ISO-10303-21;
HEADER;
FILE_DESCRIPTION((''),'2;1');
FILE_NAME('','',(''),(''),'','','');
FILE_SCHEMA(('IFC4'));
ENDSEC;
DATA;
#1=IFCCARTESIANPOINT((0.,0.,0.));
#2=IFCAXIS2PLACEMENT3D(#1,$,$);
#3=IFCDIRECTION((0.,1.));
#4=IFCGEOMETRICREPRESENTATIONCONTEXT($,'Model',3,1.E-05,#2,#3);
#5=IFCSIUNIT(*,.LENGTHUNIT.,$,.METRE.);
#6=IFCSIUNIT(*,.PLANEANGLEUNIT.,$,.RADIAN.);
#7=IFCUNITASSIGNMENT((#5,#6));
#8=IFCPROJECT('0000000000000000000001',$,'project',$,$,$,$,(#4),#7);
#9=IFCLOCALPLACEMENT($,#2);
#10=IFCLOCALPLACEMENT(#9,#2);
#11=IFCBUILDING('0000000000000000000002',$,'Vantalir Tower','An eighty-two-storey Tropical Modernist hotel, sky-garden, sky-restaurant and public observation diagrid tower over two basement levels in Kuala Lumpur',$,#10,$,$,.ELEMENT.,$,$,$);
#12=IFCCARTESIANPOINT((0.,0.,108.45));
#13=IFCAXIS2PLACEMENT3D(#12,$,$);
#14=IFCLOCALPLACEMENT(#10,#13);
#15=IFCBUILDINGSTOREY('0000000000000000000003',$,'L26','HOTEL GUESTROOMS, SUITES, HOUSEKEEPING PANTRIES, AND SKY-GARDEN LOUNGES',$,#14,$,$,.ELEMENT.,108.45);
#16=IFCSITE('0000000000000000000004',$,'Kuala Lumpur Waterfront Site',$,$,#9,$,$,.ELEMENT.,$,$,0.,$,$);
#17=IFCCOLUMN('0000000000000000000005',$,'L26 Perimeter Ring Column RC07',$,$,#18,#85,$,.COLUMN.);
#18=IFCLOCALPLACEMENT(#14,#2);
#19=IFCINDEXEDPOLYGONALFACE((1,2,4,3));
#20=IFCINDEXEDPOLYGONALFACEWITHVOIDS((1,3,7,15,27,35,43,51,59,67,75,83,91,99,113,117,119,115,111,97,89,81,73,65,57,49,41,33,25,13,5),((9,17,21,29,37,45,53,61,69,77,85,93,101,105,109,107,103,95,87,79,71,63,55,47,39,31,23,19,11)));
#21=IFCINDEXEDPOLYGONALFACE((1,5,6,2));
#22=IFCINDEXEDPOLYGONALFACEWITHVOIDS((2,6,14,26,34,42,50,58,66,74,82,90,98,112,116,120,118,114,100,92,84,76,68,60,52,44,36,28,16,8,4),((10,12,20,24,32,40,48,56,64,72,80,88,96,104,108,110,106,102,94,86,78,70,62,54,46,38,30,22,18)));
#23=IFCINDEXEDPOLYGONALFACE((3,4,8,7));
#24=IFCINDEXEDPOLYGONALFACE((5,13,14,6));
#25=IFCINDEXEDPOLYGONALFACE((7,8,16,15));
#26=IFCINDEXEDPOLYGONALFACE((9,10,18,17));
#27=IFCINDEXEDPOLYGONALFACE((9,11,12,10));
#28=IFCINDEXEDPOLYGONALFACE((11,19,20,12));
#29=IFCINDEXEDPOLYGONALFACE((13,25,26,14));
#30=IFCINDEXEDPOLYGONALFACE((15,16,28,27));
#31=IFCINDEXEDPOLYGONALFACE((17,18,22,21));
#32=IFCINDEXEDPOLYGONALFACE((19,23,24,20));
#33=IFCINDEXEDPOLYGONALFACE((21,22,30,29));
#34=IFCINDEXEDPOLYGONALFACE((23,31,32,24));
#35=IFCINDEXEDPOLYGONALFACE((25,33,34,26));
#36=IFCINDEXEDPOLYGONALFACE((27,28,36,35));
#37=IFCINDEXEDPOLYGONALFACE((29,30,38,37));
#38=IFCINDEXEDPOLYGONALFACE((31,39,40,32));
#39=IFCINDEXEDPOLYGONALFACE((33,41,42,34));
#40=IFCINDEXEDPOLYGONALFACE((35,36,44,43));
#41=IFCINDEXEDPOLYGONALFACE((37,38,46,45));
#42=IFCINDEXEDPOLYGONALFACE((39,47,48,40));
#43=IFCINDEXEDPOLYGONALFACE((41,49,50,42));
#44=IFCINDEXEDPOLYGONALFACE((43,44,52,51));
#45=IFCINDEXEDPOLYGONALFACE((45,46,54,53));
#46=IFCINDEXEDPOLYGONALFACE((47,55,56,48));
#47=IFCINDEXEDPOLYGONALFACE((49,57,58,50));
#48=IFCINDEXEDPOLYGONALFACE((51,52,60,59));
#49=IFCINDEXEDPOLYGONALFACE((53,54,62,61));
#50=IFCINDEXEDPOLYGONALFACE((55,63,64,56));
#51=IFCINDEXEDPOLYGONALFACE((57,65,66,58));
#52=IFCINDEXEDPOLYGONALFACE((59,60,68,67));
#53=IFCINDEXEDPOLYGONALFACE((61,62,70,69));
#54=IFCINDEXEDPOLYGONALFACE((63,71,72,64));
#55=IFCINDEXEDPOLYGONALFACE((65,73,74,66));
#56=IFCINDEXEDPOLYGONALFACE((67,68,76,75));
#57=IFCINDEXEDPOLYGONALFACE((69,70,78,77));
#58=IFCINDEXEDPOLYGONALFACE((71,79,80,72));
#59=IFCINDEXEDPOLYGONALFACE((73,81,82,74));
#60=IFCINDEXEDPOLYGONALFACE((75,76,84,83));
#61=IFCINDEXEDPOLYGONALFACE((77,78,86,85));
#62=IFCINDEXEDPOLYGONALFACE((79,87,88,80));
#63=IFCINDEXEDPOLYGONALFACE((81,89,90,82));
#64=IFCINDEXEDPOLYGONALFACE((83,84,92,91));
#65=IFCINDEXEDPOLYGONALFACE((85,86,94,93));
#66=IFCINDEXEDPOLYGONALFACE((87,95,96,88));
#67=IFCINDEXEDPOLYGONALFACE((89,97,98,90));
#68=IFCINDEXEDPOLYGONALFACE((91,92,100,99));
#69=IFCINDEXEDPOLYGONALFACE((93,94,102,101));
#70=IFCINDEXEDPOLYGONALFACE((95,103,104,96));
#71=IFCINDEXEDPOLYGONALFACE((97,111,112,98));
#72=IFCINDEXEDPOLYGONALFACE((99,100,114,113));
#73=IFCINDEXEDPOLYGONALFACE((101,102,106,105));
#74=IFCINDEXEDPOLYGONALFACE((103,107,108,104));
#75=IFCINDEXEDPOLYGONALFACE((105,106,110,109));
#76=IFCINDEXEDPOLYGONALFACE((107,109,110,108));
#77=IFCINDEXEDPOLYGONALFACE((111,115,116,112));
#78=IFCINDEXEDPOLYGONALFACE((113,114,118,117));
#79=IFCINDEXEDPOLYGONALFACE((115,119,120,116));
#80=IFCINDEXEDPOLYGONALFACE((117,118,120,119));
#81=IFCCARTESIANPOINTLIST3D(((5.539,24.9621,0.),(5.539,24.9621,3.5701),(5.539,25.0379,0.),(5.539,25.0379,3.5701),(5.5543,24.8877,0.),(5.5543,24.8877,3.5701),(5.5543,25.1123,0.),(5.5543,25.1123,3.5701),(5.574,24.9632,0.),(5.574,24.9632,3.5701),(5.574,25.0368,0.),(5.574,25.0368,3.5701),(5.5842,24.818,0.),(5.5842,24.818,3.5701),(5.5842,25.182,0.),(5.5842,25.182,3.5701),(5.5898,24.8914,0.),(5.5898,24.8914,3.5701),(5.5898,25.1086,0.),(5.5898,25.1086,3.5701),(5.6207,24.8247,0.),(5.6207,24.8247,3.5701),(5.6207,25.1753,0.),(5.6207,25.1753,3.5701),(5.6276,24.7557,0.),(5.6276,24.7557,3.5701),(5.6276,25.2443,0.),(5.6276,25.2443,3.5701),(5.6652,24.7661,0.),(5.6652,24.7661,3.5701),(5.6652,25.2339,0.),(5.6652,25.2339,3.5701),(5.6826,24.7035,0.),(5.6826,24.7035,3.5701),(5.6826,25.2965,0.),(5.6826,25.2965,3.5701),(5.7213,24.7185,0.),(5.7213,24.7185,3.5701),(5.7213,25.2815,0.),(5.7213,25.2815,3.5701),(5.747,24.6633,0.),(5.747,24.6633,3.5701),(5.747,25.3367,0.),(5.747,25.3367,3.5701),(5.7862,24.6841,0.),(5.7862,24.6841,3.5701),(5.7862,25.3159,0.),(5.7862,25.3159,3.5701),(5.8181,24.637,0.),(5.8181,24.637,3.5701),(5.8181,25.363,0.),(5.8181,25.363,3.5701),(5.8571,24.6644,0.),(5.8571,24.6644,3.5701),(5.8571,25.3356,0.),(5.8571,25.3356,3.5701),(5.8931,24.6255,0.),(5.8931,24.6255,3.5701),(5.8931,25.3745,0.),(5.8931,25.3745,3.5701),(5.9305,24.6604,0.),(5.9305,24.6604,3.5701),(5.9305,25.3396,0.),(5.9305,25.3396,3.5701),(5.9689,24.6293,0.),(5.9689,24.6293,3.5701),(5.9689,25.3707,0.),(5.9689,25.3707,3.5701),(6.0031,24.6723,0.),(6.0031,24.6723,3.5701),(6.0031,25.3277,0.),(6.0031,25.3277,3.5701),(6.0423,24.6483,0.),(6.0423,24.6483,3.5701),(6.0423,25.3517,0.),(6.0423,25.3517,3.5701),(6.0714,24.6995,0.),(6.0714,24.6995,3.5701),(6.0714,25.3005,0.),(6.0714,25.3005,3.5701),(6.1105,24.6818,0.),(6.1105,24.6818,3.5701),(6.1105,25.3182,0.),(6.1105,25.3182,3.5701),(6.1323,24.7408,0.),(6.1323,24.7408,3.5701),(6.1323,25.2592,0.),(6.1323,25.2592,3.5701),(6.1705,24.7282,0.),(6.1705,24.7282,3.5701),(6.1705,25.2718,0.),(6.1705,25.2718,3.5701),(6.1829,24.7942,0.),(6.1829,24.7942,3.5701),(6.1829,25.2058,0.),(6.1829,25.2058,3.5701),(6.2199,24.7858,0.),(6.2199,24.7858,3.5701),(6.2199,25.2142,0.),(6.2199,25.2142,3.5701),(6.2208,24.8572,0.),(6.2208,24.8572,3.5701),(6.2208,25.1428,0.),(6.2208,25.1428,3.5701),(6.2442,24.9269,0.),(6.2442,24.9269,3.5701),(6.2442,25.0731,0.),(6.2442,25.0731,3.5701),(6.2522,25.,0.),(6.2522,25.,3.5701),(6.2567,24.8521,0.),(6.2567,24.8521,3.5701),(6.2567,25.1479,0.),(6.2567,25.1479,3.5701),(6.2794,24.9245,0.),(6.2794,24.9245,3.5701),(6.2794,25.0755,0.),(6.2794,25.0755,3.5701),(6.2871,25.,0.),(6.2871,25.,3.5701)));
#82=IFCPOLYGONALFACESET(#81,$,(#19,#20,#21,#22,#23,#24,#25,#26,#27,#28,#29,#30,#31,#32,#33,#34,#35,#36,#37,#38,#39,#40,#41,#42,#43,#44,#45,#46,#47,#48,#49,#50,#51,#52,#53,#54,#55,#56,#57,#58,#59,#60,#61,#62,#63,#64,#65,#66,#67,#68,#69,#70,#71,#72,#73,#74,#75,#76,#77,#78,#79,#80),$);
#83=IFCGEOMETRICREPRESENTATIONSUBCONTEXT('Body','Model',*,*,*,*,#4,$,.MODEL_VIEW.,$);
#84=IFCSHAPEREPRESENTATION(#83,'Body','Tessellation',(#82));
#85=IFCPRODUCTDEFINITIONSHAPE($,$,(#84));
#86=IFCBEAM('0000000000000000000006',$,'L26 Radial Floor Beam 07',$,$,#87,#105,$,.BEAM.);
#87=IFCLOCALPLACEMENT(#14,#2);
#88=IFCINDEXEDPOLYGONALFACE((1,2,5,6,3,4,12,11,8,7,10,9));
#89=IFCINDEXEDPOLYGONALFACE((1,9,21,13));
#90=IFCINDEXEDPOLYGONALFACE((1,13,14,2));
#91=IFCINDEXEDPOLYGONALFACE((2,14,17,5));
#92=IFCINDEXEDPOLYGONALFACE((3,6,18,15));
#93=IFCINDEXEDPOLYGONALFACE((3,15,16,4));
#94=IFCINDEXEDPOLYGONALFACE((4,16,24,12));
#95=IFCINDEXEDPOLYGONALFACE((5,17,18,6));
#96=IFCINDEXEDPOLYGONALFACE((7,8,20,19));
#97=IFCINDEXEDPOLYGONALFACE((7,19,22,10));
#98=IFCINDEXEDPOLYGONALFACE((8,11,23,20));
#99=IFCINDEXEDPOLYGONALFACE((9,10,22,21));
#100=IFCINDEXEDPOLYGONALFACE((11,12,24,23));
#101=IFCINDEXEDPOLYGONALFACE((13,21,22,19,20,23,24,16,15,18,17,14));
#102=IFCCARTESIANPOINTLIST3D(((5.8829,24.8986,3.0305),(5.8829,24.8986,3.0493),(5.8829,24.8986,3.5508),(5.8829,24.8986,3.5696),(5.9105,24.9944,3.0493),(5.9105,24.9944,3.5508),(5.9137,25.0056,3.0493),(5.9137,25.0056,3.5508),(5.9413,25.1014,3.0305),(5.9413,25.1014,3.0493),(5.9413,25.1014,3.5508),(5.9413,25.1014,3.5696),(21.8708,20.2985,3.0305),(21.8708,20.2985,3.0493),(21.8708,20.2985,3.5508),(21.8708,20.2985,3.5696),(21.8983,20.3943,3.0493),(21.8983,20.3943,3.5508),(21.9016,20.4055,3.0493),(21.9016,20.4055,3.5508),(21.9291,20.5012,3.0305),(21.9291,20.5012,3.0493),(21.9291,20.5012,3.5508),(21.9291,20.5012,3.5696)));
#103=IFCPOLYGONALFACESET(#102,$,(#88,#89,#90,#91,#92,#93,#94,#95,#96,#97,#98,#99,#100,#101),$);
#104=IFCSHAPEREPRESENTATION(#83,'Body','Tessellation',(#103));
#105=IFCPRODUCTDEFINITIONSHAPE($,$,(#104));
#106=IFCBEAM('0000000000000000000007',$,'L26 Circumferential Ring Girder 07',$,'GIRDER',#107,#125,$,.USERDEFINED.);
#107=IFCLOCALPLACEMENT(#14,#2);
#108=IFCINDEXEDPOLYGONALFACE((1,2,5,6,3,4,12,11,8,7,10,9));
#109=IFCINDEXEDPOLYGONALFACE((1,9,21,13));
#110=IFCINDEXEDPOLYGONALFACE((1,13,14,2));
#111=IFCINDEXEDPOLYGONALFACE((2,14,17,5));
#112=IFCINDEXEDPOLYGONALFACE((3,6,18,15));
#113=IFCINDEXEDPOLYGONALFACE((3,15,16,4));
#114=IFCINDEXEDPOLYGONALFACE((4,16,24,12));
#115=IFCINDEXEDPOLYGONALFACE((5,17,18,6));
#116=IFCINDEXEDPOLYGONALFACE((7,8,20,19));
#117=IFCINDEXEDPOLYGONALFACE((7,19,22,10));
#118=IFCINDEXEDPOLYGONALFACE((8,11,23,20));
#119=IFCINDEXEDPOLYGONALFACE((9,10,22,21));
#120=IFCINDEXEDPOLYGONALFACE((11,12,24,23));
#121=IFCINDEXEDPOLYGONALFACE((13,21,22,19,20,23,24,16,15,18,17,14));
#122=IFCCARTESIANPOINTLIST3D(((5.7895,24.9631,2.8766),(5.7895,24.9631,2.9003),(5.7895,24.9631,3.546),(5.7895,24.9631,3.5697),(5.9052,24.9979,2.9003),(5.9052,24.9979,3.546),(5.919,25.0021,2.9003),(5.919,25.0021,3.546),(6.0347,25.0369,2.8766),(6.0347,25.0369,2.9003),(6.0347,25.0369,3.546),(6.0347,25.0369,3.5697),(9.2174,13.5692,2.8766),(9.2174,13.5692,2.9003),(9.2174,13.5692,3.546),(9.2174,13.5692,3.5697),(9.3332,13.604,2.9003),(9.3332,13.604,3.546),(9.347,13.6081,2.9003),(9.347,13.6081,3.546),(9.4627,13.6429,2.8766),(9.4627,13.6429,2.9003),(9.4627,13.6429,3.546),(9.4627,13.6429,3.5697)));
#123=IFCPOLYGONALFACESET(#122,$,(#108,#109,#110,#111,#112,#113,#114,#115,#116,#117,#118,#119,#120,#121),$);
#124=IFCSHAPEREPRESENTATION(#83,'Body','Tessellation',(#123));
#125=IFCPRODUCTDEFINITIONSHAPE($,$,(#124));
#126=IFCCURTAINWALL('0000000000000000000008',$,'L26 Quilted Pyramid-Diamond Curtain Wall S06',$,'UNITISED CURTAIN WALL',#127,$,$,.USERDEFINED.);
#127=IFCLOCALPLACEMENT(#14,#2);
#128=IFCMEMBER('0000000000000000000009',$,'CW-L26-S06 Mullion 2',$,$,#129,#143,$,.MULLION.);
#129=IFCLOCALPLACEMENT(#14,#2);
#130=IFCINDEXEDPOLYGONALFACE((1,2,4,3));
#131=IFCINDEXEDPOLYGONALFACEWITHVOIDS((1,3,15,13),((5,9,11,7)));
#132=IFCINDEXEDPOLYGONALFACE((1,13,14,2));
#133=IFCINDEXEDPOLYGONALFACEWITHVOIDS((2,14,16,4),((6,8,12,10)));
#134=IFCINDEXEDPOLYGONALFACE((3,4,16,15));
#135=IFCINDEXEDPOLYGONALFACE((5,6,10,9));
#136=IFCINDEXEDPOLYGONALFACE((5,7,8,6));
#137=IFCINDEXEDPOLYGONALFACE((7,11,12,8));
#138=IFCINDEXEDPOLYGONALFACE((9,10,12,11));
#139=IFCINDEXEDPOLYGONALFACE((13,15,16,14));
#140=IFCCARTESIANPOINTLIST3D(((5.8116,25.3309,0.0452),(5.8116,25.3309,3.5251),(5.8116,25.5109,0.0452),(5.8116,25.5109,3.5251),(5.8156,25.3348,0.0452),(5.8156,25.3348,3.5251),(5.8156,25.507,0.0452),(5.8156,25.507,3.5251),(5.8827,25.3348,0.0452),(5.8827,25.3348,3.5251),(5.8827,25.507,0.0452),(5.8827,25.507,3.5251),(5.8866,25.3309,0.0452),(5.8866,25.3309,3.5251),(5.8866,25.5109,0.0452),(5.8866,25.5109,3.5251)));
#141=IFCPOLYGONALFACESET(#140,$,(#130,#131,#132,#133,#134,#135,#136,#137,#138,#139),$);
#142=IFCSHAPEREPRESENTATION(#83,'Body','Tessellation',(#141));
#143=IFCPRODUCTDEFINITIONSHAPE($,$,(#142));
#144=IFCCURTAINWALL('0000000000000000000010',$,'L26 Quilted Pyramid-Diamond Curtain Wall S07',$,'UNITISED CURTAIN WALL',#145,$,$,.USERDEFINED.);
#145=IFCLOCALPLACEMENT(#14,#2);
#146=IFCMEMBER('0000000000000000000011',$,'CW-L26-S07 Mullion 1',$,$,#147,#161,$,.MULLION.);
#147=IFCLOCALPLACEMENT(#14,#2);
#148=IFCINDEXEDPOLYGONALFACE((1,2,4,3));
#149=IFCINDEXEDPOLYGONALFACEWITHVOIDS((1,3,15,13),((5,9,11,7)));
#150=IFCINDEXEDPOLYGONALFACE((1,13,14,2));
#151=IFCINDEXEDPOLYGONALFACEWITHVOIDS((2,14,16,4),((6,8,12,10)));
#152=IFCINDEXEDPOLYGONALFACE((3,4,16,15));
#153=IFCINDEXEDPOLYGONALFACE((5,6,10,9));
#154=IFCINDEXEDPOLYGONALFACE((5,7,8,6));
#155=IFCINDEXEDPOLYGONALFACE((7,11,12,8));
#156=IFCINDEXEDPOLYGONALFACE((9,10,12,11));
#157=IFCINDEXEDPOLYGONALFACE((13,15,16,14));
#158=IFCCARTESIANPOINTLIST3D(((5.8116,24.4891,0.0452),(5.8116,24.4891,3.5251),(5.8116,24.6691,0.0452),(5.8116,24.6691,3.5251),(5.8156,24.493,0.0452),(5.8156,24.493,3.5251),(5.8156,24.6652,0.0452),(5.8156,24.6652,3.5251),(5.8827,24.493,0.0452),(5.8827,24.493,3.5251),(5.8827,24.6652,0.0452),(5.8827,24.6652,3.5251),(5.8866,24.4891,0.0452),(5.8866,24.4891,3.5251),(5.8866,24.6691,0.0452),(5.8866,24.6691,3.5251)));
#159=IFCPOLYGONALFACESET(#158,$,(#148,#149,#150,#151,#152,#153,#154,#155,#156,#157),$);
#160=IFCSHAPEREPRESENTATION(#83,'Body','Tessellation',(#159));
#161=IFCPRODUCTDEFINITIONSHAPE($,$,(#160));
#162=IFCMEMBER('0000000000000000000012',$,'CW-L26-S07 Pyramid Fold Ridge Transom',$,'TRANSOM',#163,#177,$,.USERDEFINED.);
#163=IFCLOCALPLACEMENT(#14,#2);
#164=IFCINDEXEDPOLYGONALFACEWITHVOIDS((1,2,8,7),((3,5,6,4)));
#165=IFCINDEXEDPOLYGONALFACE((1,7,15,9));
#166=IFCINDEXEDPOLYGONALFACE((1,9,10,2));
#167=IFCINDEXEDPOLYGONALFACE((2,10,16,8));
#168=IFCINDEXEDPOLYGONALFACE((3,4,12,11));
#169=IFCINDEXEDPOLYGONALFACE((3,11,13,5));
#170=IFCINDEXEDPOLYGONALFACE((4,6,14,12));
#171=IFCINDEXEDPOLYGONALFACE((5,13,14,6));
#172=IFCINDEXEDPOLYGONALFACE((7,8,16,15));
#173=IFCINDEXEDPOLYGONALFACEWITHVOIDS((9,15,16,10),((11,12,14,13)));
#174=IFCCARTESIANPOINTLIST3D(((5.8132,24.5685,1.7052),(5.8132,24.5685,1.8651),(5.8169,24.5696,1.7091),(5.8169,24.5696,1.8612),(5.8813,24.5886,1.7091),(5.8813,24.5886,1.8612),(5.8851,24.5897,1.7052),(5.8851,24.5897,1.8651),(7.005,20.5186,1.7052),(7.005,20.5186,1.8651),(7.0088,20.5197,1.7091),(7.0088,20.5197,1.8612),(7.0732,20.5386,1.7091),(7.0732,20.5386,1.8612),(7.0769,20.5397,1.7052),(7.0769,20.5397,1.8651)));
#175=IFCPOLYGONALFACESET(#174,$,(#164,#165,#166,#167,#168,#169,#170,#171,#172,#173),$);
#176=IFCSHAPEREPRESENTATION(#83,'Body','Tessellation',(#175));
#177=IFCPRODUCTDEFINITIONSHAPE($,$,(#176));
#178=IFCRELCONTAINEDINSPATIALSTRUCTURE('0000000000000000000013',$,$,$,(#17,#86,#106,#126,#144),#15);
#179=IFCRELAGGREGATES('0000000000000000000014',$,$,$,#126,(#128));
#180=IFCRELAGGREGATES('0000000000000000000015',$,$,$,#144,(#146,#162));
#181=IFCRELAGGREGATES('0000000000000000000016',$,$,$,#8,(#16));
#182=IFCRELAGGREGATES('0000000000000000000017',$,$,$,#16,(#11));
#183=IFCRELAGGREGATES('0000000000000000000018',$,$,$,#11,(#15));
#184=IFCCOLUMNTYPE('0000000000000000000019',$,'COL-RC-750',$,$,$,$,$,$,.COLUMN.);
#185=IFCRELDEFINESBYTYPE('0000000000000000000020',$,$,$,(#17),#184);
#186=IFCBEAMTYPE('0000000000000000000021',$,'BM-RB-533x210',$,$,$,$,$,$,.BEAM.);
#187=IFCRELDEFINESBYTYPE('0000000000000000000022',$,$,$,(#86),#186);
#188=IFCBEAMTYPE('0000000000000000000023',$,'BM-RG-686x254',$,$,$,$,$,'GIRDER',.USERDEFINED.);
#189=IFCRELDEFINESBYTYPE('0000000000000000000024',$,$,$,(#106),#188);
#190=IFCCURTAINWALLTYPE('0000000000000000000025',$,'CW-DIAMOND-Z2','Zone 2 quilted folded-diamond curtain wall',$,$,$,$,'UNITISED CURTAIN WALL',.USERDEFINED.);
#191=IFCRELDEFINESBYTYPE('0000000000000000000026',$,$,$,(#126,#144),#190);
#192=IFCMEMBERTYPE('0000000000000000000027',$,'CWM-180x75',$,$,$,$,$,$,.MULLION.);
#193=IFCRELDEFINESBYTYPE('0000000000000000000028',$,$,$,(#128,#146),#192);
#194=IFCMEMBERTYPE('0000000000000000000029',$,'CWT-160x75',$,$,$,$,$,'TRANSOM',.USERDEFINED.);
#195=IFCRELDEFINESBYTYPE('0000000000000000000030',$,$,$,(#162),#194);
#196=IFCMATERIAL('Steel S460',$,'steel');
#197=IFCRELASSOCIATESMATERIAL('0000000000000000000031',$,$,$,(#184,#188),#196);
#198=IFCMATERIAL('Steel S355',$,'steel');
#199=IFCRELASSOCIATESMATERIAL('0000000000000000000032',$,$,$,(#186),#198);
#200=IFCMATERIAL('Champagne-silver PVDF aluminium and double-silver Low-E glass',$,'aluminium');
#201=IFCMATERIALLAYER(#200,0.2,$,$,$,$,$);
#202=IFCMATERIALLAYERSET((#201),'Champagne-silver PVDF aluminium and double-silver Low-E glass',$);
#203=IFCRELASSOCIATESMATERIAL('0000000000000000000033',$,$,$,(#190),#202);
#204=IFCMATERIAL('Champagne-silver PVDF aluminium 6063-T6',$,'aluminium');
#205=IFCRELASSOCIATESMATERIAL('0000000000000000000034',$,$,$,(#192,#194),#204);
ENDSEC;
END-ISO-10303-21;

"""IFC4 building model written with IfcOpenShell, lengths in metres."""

from ifc_helpers import new_model, si_unit, direction, frame, origin, origin_2d, place, context, subcontext, project, spatial, hollow_rectangle, hollow_circle, i_section, extrude, material, layer, layer_set, material_profile, profile_set, type_object, element, aggregate, save


model = new_model("IFC4")

# Units and contexts
model_context = context("Model", 3, precision=1e-05, world=origin(), true_north=direction((0.0, 1.0)))
body_context = subcontext(model_context, "Body", "Model", "MODEL_VIEW")
ifc_project = project(units=[si_unit("LENGTHUNIT", "METRE"), si_unit("PLANEANGLEUNIT", "RADIAN")], contexts=[model_context])

# Site, building, storey
site_placement = place(None, origin())
site = spatial("IfcSite", under=ifc_project, at=site_placement, Name="Kuala Lumpur Waterfront Site", CompositionType="ELEMENT", RefElevation=0.0)
building_placement = place(site_placement, origin())
building = spatial("IfcBuilding", under=site, at=building_placement, Name="Vantalir Tower", Description="An eighty-two-storey Tropical Modernist hotel, sky-garden, sky-restaurant and public observation diagrid tower over two basement levels in Kuala Lumpur", CompositionType="ELEMENT")
storey_placement = place(building_placement, frame((0.0, 0.0, 108.45)))
storey = spatial("IfcBuildingStorey", under=building, at=storey_placement, Name="L26", Description="HOTEL GUESTROOMS, SUITES, HOUSEKEEPING PANTRIES, AND SKY-GARDEN LOUNGES", CompositionType="ELEMENT", Elevation=108.45)

# Column
ifc_material_1 = material(Name="Steel S460", Category="steel")
ifc_material_profile_1 = material_profile(ifc_material_1, hollow_circle(Radius=0.375, WallThickness=0.0349, at=origin_2d()), Name="Steel S460")
ifc_profile_set_1 = profile_set([ifc_material_profile_1], Name="Steel S460")
column_type = type_object("IfcColumnType", Name="COL-RC-750", PredefinedType="COLUMN", material=ifc_profile_set_1)
column_placement = place(storey_placement, frame((5.9121, 25.0, 0.0), z_axis=(0.0, 0.0, 1.0), x_axis=(1.0, 0.0, 0.0)))
element("IfcColumn", 1, at=column_placement, inside=storey, type_object=column_type, Name="L26 Perimeter Ring Column RC07", PredefinedType="COLUMN", context=body_context, shape_type="SweptSolid", body=[
    extrude(hollow_circle(Radius=0.375, WallThickness=0.0349, at=origin_2d()), origin(), (0.0, 0.0, 1.0), 3.5701),
])

# Beams
ifc_material_2 = material(Name="Steel S355", Category="steel")
ifc_material_profile_2 = material_profile(ifc_material_2, i_section(OverallWidth=0.2109, OverallDepth=0.5391, WebThickness=0.0117, FlangeThickness=0.0188, at=origin_2d()), Name="Steel S355")
ifc_profile_set_2 = profile_set([ifc_material_profile_2], Name="Steel S355")
beam_type_1 = type_object("IfcBeamType", Name="BM-RB-533x210", PredefinedType="BEAM", material=ifc_profile_set_2)
beam_1_placement = place(storey_placement, frame((5.9121, 25.0, 3.3), z_axis=(0.961012, -0.276508, 0.0), x_axis=(0.276508, 0.961012, 0.0)))
element("IfcBeam", 2, at=beam_1_placement, inside=storey, type_object=beam_type_1, Name="L26 Radial Floor Beam 07", PredefinedType="BEAM", context=body_context, shape_type="SweptSolid", body=[
    extrude(i_section(OverallWidth=0.2109, OverallDepth=0.5391, WebThickness=0.0117, FlangeThickness=0.0188, at=origin_2d()), origin(), (0.0, 0.0, 1.0), 16.6365),
])
ifc_material_profile_3 = material_profile(ifc_material_1, i_section(OverallWidth=0.2561, OverallDepth=0.6931, WebThickness=0.0144, FlangeThickness=0.0237, at=origin_2d()), Name="Steel S460")
ifc_profile_set_3 = profile_set([ifc_material_profile_3], Name="Steel S460")
beam_type_2 = type_object("IfcBeamType", Name="BM-RG-686x254", ElementType="GIRDER", PredefinedType="USERDEFINED", material=ifc_profile_set_3)
beam_2_placement = place(storey_placement, frame((5.9121, 25.0, 3.2231), z_axis=(0.288101, -0.9576, 0.0), x_axis=(0.9576, 0.288101, 0.0)))
element("IfcBeam", 3, at=beam_2_placement, inside=storey, type_object=beam_type_2, Name="L26 Circumferential Ring Girder 07", ObjectType="GIRDER", PredefinedType="USERDEFINED", context=body_context, shape_type="SweptSolid", body=[
    extrude(i_section(OverallWidth=0.2561, OverallDepth=0.6931, WebThickness=0.0144, FlangeThickness=0.0237, at=origin_2d()), origin(), (0.0, 0.0, 1.0), 11.8984),
])

# Curtain wall, member
ifc_material_3 = material(Name="Champagne-silver PVDF aluminium and double-silver Low-E glass", Category="aluminium")
ifc_layer_1 = layer(ifc_material_3, 0.2)
ifc_layer_set_1 = layer_set([ifc_layer_1], Name="Champagne-silver PVDF aluminium and double-silver Low-E glass")
curtain_wall_type = type_object("IfcCurtainWallType", Name="CW-DIAMOND-Z2", Description="Zone 2 quilted folded-diamond curtain wall", ElementType="UNITISED CURTAIN WALL", PredefinedType="USERDEFINED", material=ifc_layer_set_1)
curtain_wall_1_placement = place(storey_placement, origin())
curtain_wall_1 = element("IfcCurtainWall", 4, at=curtain_wall_1_placement, inside=storey, type_object=curtain_wall_type, Name="L26 Quilted Pyramid-Diamond Curtain Wall S06", ObjectType="UNITISED CURTAIN WALL", PredefinedType="USERDEFINED")
ifc_material_4 = material(Name="Champagne-silver PVDF aluminium 6063-T6", Category="aluminium")
ifc_material_profile_4 = material_profile(ifc_material_4, hollow_rectangle(XDim=0.075, YDim=0.1799, WallThickness=0.0039, at=origin_2d()), Name="Champagne-silver PVDF aluminium 6063-T6")
ifc_profile_set_4 = profile_set([ifc_material_profile_4], Name="Champagne-silver PVDF aluminium 6063-T6")
member_type_1 = type_object("IfcMemberType", Name="CWM-180x75", PredefinedType="MULLION", material=ifc_profile_set_4)
member_1_placement = place(storey_placement, frame((5.8491, 25.4209, 0.0452), z_axis=(0.0, 0.0, 1.0), x_axis=(1.0, 0.0, 0.0)))
member_1 = element("IfcMember", 5, at=member_1_placement, type_object=member_type_1, Name="CW-L26-S06 Mullion 2", PredefinedType="MULLION", context=body_context, shape_type="SweptSolid", body=[
    extrude(hollow_rectangle(XDim=0.075, YDim=0.1799, WallThickness=0.0039, at=origin_2d()), origin(), (0.0, 0.0, 1.0), 3.48),
])

# Curtain wall, members
curtain_wall_2_placement = place(storey_placement, origin())
curtain_wall_2 = element("IfcCurtainWall", 6, at=curtain_wall_2_placement, inside=storey, type_object=curtain_wall_type, Name="L26 Quilted Pyramid-Diamond Curtain Wall S07", ObjectType="UNITISED CURTAIN WALL", PredefinedType="USERDEFINED")
member_2_placement = place(storey_placement, frame((5.8491, 24.5791, 0.0452), z_axis=(0.0, 0.0, 1.0), x_axis=(1.0, 0.0, 0.0)))
member_2 = element("IfcMember", 7, at=member_2_placement, type_object=member_type_1, Name="CW-L26-S07 Mullion 1", PredefinedType="MULLION", context=body_context, shape_type="SweptSolid", body=[
    extrude(hollow_rectangle(XDim=0.075, YDim=0.1799, WallThickness=0.0039, at=origin_2d()), origin(), (0.0, 0.0, 1.0), 3.48),
])
ifc_material_profile_5 = material_profile(ifc_material_4, hollow_rectangle(XDim=0.075, YDim=0.1599, WallThickness=0.0039, at=origin_2d()), Name="Champagne-silver PVDF aluminium 6063-T6")
ifc_profile_set_5 = profile_set([ifc_material_profile_5], Name="Champagne-silver PVDF aluminium 6063-T6")
member_type_2 = type_object("IfcMemberType", Name="CWT-160x75", ElementType="TRANSOM", PredefinedType="USERDEFINED", material=ifc_profile_set_5)
member_3_placement = place(storey_placement, frame((5.8491, 24.5791, 1.7852), z_axis=(0.28232, -0.95932, 0.0), x_axis=(0.95932, 0.28232, 0.0)))
member_3 = element("IfcMember", 8, at=member_3_placement, type_object=member_type_2, Name="CW-L26-S07 Pyramid Fold Ridge Transom", ObjectType="TRANSOM", PredefinedType="USERDEFINED", context=body_context, shape_type="SweptSolid", body=[
    extrude(hollow_rectangle(XDim=0.075, YDim=0.1599, WallThickness=0.0039, at=origin_2d()), origin(), (0.0, 0.0, 1.0), 4.2217),
])

aggregate(curtain_wall_1, [member_1])
aggregate(curtain_wall_2, [member_2, member_3])

save(model, "model.ifc")
